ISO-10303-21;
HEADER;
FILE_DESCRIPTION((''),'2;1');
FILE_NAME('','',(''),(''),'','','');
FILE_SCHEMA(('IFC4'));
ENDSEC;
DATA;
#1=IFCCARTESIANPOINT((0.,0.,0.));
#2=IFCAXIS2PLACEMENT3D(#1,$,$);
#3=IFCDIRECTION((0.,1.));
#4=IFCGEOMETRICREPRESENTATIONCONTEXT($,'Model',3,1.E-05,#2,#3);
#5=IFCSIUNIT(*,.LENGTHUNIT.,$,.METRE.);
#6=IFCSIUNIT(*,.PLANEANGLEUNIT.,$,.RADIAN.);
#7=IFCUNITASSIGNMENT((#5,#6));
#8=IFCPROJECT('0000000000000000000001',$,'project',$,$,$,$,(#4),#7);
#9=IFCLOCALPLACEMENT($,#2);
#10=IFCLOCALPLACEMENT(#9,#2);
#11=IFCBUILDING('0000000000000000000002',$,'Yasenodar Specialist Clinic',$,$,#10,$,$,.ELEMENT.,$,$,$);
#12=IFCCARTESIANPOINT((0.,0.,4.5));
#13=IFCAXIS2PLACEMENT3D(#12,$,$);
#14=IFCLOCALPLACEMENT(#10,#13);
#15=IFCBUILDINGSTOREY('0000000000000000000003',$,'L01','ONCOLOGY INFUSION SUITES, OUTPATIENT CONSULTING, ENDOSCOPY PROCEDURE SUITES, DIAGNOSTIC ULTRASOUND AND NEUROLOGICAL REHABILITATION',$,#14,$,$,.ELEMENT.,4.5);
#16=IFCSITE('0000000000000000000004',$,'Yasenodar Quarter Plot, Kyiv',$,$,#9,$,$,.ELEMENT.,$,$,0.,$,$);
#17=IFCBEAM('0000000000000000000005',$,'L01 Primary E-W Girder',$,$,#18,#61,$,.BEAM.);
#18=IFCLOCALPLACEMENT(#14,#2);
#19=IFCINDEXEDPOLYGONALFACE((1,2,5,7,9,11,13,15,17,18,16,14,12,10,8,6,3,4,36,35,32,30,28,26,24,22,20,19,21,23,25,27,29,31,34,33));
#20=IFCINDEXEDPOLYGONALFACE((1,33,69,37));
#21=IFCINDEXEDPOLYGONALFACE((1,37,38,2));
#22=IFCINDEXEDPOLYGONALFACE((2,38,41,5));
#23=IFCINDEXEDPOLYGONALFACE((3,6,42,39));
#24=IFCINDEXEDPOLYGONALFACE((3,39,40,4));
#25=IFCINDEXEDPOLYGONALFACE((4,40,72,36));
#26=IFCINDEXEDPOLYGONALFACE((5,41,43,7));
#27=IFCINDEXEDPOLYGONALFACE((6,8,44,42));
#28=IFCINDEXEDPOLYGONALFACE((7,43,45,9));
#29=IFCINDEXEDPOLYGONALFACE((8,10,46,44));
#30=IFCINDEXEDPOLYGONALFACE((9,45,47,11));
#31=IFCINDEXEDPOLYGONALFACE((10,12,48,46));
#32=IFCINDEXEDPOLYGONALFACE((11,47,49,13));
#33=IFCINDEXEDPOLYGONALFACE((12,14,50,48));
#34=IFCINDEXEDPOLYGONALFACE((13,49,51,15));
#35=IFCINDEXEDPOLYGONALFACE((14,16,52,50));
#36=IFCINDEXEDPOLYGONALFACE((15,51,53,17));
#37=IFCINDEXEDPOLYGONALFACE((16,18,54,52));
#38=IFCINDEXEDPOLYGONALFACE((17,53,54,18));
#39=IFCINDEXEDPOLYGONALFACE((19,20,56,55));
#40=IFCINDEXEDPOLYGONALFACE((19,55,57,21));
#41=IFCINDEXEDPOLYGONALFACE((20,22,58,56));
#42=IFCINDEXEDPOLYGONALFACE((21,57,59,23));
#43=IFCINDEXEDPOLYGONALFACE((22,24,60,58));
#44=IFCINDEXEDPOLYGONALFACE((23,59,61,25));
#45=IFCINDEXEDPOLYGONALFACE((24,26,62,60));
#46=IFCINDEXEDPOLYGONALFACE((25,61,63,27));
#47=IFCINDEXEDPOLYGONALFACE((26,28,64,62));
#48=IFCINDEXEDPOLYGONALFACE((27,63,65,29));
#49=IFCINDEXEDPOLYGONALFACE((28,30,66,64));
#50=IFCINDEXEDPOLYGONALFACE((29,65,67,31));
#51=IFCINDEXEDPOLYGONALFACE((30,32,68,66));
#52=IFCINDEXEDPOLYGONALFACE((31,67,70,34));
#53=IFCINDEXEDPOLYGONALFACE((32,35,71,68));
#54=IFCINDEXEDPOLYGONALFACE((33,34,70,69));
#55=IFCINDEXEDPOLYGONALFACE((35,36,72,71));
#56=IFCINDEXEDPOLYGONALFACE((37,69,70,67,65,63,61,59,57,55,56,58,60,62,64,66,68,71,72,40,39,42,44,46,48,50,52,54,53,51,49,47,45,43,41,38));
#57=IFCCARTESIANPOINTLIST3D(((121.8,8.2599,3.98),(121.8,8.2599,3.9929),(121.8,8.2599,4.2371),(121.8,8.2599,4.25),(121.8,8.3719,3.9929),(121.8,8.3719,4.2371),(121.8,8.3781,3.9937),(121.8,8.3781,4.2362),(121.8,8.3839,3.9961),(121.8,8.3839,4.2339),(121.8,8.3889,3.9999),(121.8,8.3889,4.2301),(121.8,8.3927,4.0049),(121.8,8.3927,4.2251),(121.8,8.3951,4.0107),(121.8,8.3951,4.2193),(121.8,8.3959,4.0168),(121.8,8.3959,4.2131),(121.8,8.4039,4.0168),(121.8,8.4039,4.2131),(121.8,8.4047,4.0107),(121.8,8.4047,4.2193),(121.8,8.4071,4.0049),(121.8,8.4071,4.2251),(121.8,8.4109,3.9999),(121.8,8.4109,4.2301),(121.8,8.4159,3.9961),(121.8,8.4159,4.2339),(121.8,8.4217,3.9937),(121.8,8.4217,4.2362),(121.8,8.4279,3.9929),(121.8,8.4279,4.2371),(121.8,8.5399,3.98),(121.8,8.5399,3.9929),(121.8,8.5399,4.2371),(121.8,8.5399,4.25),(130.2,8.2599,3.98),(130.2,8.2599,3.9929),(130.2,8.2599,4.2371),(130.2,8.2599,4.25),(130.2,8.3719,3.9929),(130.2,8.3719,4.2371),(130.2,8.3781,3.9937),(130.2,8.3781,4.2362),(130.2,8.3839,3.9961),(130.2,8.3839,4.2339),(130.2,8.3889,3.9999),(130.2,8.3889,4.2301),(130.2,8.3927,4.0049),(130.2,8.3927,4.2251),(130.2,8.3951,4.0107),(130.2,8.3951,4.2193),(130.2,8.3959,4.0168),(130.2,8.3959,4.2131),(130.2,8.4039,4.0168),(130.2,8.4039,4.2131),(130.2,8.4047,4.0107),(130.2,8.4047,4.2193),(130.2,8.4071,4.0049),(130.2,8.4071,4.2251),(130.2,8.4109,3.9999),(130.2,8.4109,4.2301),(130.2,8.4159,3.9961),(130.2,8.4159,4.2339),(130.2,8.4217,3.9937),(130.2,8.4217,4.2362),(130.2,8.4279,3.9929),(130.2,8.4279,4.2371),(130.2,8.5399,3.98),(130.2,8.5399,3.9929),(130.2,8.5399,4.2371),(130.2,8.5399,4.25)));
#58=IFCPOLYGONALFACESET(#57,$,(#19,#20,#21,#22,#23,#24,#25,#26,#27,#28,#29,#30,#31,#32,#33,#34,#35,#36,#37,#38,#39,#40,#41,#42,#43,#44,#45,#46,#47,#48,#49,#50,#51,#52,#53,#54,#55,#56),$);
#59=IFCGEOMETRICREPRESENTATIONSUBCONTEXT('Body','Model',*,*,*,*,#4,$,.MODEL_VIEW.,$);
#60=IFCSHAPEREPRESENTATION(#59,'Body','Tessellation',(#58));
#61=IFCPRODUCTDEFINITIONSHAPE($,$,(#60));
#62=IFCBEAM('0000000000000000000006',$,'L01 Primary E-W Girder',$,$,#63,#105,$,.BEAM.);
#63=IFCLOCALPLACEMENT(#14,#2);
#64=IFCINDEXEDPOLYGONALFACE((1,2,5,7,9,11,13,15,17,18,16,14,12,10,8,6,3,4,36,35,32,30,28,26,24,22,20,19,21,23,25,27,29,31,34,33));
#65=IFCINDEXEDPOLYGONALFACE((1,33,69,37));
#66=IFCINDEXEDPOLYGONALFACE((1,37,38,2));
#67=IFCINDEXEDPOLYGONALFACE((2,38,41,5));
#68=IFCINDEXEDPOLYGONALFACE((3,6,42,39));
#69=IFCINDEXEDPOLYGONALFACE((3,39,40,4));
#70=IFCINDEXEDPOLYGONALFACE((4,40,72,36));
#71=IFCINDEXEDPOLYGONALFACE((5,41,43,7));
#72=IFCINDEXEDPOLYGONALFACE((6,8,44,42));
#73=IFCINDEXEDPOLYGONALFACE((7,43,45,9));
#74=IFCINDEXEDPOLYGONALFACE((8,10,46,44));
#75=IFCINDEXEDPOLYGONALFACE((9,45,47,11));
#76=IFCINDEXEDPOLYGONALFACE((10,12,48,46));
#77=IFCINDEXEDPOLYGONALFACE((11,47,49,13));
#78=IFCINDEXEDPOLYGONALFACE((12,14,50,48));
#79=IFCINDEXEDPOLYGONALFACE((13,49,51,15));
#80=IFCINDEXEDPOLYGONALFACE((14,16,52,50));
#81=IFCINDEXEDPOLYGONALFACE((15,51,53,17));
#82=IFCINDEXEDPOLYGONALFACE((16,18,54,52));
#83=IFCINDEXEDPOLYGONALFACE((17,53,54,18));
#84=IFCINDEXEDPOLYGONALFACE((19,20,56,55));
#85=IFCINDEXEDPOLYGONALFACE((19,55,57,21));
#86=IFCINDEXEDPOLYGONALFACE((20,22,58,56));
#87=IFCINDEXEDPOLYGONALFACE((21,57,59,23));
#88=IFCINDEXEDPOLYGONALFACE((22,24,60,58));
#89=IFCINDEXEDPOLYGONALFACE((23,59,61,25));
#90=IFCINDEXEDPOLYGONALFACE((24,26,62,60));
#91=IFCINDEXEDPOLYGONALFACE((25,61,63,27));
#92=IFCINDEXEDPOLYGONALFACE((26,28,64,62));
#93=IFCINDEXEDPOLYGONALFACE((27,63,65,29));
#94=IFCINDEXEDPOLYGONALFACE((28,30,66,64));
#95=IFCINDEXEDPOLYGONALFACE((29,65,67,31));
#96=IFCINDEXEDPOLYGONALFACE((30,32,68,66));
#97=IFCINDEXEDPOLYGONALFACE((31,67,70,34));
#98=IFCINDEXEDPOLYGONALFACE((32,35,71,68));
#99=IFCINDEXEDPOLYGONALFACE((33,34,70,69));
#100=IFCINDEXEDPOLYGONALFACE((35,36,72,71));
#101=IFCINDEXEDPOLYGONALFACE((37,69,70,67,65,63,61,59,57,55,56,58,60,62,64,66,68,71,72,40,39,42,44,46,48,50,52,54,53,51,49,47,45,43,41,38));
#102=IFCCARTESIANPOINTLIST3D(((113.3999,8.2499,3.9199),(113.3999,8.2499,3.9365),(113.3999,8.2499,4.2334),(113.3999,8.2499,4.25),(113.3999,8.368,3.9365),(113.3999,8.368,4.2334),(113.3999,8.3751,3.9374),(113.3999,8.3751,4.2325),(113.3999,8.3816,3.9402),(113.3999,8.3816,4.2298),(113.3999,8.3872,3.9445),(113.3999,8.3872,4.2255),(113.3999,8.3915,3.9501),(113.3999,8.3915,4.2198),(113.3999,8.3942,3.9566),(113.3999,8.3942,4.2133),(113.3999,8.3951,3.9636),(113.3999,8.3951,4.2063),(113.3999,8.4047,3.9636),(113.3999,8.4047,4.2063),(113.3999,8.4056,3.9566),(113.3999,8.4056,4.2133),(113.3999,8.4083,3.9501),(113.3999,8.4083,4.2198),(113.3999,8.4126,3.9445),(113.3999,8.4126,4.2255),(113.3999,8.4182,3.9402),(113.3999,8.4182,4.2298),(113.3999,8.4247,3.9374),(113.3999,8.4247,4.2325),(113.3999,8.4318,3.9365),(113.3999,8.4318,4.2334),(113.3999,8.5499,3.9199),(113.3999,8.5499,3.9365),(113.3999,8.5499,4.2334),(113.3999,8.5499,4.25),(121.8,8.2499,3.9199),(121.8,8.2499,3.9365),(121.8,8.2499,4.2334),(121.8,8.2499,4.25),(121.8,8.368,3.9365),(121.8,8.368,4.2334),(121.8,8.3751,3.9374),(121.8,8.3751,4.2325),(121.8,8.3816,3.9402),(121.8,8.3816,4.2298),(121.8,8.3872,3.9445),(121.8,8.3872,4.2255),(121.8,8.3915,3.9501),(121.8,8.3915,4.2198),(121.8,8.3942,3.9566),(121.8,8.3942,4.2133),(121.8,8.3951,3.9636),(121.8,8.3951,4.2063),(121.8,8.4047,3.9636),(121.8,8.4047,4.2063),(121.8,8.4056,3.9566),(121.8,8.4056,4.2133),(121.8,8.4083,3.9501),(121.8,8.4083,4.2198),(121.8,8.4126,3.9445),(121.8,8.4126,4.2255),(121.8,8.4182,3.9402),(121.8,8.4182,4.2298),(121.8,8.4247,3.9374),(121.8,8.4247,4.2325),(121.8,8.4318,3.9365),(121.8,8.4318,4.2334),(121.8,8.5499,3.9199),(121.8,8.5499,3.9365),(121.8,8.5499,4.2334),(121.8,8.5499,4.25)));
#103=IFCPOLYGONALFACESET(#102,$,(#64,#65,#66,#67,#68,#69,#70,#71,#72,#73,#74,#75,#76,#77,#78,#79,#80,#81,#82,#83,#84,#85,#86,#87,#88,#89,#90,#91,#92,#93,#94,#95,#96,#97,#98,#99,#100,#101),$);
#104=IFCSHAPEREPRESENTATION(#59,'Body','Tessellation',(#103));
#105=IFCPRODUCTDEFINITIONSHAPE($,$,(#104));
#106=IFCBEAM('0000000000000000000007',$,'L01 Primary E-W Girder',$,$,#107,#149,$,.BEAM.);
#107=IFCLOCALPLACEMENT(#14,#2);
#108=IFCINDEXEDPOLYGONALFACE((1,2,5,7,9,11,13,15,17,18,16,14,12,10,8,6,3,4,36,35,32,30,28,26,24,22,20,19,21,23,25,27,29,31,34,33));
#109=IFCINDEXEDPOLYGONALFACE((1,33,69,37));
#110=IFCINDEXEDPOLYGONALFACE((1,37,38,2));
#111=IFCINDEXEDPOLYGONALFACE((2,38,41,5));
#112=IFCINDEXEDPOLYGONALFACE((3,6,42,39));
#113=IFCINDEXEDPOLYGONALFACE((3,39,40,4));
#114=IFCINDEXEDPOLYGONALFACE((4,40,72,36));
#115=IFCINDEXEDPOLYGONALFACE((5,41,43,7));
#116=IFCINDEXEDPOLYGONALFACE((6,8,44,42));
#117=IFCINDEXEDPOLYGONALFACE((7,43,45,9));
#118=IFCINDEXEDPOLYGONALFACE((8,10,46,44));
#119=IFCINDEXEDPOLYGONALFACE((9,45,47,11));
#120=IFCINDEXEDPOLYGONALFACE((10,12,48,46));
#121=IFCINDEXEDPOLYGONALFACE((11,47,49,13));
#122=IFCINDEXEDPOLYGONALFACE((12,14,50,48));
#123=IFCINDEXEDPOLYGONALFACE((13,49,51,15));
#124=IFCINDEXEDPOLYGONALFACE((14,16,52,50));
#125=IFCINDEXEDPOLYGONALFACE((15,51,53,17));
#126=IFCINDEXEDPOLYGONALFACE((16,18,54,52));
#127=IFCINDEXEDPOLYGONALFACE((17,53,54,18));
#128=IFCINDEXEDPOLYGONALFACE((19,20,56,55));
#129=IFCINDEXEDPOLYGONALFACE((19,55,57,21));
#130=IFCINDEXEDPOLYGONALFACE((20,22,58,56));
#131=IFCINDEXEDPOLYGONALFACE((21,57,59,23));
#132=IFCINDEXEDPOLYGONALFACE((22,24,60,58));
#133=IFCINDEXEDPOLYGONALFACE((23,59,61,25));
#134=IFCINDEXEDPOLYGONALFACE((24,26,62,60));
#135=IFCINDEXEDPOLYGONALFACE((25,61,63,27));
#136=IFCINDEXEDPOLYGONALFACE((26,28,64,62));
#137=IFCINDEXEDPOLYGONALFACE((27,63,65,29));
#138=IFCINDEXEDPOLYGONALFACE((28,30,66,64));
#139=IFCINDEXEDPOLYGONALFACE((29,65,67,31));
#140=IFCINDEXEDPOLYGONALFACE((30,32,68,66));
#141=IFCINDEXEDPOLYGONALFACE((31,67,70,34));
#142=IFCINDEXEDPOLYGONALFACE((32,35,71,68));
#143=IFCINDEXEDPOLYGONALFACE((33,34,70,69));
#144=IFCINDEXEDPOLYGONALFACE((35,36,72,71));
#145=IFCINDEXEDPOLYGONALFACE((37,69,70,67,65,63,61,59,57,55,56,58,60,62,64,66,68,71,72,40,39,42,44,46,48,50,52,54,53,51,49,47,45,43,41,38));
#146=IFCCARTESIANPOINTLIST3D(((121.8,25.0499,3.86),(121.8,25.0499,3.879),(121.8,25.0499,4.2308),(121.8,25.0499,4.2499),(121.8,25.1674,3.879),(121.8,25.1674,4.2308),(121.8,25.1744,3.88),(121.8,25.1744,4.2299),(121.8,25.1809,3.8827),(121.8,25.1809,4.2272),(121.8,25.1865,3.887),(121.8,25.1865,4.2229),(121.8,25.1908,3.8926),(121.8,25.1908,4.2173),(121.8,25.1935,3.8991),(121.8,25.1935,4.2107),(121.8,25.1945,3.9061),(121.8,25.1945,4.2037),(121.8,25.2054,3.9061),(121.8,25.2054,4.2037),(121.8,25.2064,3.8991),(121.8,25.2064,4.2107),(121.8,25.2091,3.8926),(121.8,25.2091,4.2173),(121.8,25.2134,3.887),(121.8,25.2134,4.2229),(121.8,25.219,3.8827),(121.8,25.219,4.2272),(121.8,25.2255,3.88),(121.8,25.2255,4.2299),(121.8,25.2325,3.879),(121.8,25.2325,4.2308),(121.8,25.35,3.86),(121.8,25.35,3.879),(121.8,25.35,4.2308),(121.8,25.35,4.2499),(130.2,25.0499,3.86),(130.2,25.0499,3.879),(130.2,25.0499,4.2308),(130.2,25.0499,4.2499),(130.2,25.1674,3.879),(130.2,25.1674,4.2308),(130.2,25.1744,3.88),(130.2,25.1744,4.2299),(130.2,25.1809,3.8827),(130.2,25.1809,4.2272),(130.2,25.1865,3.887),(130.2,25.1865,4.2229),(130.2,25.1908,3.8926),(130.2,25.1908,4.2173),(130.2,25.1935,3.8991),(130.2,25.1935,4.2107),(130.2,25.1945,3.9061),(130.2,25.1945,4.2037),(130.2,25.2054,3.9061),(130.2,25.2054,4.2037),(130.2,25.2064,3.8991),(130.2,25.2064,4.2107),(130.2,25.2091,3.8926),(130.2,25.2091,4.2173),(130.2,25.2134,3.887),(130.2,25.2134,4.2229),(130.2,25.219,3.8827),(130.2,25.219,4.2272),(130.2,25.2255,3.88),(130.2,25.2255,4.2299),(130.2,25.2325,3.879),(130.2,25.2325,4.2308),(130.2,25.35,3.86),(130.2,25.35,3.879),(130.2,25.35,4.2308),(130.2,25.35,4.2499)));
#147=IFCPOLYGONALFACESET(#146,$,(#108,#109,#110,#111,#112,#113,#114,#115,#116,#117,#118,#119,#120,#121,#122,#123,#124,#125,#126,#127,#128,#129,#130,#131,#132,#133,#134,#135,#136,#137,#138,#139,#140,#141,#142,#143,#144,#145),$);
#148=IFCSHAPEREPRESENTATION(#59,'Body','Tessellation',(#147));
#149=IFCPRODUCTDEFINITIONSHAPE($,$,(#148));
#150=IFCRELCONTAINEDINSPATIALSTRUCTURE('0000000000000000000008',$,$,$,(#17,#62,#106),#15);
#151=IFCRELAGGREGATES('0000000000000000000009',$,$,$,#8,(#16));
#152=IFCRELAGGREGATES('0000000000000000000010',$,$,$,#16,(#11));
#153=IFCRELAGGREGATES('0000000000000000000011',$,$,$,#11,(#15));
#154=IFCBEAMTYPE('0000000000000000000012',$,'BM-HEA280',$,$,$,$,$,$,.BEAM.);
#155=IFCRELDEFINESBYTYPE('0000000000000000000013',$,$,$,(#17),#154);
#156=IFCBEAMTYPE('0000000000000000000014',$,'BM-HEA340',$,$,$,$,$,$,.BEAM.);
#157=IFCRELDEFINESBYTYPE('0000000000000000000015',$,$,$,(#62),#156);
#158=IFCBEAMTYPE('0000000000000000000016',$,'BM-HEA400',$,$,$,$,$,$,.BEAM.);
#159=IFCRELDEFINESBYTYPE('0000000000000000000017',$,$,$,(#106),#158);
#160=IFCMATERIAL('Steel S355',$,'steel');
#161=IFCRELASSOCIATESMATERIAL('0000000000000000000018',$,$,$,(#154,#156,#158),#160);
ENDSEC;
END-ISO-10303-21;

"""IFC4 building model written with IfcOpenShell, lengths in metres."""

from ifc_helpers import new_model, si_unit, direction, frame, origin, origin_2d, place, context, subcontext, project, spatial, i_section, extrude, material, material_profile, profile_set, type_object, element, save


model = new_model("IFC4")

# Units and contexts
model_context = context("Model", 3, precision=1e-05, world=origin(), true_north=direction((0.0, 1.0)))
body_context = subcontext(model_context, "Body", "Model", "MODEL_VIEW")
ifc_project = project(units=[si_unit("LENGTHUNIT", "METRE"), si_unit("PLANEANGLEUNIT", "RADIAN")], contexts=[model_context])

# Site, building, storey
site_placement = place(None, origin())
site = spatial("IfcSite", under=ifc_project, at=site_placement, Name="Yasenodar Quarter Plot, Kyiv", CompositionType="ELEMENT", RefElevation=0.0)
building_placement = place(site_placement, origin())
building = spatial("IfcBuilding", under=site, at=building_placement, Name="Yasenodar Specialist Clinic", CompositionType="ELEMENT")
storey_placement = place(building_placement, frame((0.0, 0.0, 4.5)))
storey = spatial("IfcBuildingStorey", under=building, at=storey_placement, Name="L01", Description="ONCOLOGY INFUSION SUITES, OUTPATIENT CONSULTING, ENDOSCOPY PROCEDURE SUITES, DIAGNOSTIC ULTRASOUND AND NEUROLOGICAL REHABILITATION", CompositionType="ELEMENT", Elevation=4.5)

# Shared definitions
ifc_material_1 = material(Name="Steel S355", Category="steel")

# Beams
ifc_material_profile_1 = material_profile(ifc_material_1, i_section(OverallWidth=0.28, OverallDepth=0.27, WebThickness=0.0081, FlangeThickness=0.0129, FilletRadius=0.0239, at=origin_2d()), Name="HEA 280")
ifc_profile_set_1 = profile_set([ifc_material_profile_1], Name="Steel S355")
beam_type_1 = type_object("IfcBeamType", Name="BM-HEA280", PredefinedType="BEAM", material=ifc_profile_set_1)
beam_1_placement = place(storey_placement, frame((121.8, 8.3999, 4.115), z_axis=(1.0, 0.0, 0.0), x_axis=(0.0, 1.0, 0.0)))
element("IfcBeam", 1, at=beam_1_placement, inside=storey, type_object=beam_type_1, Name="L01 Primary E-W Girder", PredefinedType="BEAM", context=body_context, shape_type="SweptSolid", body=[
    extrude(i_section(OverallWidth=0.28, OverallDepth=0.27, WebThickness=0.0081, FlangeThickness=0.0129, FilletRadius=0.0239, at=origin_2d()), origin(), (0.0, 0.0, 1.0), 8.3999),
])
ifc_material_profile_2 = material_profile(ifc_material_1, i_section(OverallWidth=0.3, OverallDepth=0.3301, WebThickness=0.0095, FlangeThickness=0.0166, FilletRadius=0.0271, at=origin_2d()), Name="HEA 340")
ifc_profile_set_2 = profile_set([ifc_material_profile_2], Name="Steel S355")
beam_type_2 = type_object("IfcBeamType", Name="BM-HEA340", PredefinedType="BEAM", material=ifc_profile_set_2)
beam_2_placement = place(storey_placement, frame((113.3999, 8.3999, 4.085), z_axis=(1.0, 0.0, 0.0), x_axis=(0.0, 1.0, 0.0)))
element("IfcBeam", 2, at=beam_2_placement, inside=storey, type_object=beam_type_2, Name="L01 Primary E-W Girder", PredefinedType="BEAM", context=body_context, shape_type="SweptSolid", body=[
    extrude(i_section(OverallWidth=0.3, OverallDepth=0.3301, WebThickness=0.0095, FlangeThickness=0.0166, FilletRadius=0.0271, at=origin_2d()), origin(), (0.0, 0.0, 1.0), 8.4001),
])
ifc_material_profile_3 = material_profile(ifc_material_1, i_section(OverallWidth=0.3, OverallDepth=0.3899, WebThickness=0.011, FlangeThickness=0.019, FilletRadius=0.0271, at=origin_2d()), Name="HEA 400")
ifc_profile_set_3 = profile_set([ifc_material_profile_3], Name="Steel S355")
beam_type_3 = type_object("IfcBeamType", Name="BM-HEA400", PredefinedType="BEAM", material=ifc_profile_set_3)
beam_3_placement = place(storey_placement, frame((121.8, 25.2, 4.0549), z_axis=(1.0, 0.0, 0.0), x_axis=(0.0, 1.0, 0.0)))
element("IfcBeam", 3, at=beam_3_placement, inside=storey, type_object=beam_type_3, Name="L01 Primary E-W Girder", PredefinedType="BEAM", context=body_context, shape_type="SweptSolid", body=[
    extrude(i_section(OverallWidth=0.3, OverallDepth=0.3899, WebThickness=0.011, FlangeThickness=0.019, FilletRadius=0.0271, at=origin_2d()), origin(), (0.0, 0.0, 1.0), 8.3999),
])

save(model, "model.ifc")
